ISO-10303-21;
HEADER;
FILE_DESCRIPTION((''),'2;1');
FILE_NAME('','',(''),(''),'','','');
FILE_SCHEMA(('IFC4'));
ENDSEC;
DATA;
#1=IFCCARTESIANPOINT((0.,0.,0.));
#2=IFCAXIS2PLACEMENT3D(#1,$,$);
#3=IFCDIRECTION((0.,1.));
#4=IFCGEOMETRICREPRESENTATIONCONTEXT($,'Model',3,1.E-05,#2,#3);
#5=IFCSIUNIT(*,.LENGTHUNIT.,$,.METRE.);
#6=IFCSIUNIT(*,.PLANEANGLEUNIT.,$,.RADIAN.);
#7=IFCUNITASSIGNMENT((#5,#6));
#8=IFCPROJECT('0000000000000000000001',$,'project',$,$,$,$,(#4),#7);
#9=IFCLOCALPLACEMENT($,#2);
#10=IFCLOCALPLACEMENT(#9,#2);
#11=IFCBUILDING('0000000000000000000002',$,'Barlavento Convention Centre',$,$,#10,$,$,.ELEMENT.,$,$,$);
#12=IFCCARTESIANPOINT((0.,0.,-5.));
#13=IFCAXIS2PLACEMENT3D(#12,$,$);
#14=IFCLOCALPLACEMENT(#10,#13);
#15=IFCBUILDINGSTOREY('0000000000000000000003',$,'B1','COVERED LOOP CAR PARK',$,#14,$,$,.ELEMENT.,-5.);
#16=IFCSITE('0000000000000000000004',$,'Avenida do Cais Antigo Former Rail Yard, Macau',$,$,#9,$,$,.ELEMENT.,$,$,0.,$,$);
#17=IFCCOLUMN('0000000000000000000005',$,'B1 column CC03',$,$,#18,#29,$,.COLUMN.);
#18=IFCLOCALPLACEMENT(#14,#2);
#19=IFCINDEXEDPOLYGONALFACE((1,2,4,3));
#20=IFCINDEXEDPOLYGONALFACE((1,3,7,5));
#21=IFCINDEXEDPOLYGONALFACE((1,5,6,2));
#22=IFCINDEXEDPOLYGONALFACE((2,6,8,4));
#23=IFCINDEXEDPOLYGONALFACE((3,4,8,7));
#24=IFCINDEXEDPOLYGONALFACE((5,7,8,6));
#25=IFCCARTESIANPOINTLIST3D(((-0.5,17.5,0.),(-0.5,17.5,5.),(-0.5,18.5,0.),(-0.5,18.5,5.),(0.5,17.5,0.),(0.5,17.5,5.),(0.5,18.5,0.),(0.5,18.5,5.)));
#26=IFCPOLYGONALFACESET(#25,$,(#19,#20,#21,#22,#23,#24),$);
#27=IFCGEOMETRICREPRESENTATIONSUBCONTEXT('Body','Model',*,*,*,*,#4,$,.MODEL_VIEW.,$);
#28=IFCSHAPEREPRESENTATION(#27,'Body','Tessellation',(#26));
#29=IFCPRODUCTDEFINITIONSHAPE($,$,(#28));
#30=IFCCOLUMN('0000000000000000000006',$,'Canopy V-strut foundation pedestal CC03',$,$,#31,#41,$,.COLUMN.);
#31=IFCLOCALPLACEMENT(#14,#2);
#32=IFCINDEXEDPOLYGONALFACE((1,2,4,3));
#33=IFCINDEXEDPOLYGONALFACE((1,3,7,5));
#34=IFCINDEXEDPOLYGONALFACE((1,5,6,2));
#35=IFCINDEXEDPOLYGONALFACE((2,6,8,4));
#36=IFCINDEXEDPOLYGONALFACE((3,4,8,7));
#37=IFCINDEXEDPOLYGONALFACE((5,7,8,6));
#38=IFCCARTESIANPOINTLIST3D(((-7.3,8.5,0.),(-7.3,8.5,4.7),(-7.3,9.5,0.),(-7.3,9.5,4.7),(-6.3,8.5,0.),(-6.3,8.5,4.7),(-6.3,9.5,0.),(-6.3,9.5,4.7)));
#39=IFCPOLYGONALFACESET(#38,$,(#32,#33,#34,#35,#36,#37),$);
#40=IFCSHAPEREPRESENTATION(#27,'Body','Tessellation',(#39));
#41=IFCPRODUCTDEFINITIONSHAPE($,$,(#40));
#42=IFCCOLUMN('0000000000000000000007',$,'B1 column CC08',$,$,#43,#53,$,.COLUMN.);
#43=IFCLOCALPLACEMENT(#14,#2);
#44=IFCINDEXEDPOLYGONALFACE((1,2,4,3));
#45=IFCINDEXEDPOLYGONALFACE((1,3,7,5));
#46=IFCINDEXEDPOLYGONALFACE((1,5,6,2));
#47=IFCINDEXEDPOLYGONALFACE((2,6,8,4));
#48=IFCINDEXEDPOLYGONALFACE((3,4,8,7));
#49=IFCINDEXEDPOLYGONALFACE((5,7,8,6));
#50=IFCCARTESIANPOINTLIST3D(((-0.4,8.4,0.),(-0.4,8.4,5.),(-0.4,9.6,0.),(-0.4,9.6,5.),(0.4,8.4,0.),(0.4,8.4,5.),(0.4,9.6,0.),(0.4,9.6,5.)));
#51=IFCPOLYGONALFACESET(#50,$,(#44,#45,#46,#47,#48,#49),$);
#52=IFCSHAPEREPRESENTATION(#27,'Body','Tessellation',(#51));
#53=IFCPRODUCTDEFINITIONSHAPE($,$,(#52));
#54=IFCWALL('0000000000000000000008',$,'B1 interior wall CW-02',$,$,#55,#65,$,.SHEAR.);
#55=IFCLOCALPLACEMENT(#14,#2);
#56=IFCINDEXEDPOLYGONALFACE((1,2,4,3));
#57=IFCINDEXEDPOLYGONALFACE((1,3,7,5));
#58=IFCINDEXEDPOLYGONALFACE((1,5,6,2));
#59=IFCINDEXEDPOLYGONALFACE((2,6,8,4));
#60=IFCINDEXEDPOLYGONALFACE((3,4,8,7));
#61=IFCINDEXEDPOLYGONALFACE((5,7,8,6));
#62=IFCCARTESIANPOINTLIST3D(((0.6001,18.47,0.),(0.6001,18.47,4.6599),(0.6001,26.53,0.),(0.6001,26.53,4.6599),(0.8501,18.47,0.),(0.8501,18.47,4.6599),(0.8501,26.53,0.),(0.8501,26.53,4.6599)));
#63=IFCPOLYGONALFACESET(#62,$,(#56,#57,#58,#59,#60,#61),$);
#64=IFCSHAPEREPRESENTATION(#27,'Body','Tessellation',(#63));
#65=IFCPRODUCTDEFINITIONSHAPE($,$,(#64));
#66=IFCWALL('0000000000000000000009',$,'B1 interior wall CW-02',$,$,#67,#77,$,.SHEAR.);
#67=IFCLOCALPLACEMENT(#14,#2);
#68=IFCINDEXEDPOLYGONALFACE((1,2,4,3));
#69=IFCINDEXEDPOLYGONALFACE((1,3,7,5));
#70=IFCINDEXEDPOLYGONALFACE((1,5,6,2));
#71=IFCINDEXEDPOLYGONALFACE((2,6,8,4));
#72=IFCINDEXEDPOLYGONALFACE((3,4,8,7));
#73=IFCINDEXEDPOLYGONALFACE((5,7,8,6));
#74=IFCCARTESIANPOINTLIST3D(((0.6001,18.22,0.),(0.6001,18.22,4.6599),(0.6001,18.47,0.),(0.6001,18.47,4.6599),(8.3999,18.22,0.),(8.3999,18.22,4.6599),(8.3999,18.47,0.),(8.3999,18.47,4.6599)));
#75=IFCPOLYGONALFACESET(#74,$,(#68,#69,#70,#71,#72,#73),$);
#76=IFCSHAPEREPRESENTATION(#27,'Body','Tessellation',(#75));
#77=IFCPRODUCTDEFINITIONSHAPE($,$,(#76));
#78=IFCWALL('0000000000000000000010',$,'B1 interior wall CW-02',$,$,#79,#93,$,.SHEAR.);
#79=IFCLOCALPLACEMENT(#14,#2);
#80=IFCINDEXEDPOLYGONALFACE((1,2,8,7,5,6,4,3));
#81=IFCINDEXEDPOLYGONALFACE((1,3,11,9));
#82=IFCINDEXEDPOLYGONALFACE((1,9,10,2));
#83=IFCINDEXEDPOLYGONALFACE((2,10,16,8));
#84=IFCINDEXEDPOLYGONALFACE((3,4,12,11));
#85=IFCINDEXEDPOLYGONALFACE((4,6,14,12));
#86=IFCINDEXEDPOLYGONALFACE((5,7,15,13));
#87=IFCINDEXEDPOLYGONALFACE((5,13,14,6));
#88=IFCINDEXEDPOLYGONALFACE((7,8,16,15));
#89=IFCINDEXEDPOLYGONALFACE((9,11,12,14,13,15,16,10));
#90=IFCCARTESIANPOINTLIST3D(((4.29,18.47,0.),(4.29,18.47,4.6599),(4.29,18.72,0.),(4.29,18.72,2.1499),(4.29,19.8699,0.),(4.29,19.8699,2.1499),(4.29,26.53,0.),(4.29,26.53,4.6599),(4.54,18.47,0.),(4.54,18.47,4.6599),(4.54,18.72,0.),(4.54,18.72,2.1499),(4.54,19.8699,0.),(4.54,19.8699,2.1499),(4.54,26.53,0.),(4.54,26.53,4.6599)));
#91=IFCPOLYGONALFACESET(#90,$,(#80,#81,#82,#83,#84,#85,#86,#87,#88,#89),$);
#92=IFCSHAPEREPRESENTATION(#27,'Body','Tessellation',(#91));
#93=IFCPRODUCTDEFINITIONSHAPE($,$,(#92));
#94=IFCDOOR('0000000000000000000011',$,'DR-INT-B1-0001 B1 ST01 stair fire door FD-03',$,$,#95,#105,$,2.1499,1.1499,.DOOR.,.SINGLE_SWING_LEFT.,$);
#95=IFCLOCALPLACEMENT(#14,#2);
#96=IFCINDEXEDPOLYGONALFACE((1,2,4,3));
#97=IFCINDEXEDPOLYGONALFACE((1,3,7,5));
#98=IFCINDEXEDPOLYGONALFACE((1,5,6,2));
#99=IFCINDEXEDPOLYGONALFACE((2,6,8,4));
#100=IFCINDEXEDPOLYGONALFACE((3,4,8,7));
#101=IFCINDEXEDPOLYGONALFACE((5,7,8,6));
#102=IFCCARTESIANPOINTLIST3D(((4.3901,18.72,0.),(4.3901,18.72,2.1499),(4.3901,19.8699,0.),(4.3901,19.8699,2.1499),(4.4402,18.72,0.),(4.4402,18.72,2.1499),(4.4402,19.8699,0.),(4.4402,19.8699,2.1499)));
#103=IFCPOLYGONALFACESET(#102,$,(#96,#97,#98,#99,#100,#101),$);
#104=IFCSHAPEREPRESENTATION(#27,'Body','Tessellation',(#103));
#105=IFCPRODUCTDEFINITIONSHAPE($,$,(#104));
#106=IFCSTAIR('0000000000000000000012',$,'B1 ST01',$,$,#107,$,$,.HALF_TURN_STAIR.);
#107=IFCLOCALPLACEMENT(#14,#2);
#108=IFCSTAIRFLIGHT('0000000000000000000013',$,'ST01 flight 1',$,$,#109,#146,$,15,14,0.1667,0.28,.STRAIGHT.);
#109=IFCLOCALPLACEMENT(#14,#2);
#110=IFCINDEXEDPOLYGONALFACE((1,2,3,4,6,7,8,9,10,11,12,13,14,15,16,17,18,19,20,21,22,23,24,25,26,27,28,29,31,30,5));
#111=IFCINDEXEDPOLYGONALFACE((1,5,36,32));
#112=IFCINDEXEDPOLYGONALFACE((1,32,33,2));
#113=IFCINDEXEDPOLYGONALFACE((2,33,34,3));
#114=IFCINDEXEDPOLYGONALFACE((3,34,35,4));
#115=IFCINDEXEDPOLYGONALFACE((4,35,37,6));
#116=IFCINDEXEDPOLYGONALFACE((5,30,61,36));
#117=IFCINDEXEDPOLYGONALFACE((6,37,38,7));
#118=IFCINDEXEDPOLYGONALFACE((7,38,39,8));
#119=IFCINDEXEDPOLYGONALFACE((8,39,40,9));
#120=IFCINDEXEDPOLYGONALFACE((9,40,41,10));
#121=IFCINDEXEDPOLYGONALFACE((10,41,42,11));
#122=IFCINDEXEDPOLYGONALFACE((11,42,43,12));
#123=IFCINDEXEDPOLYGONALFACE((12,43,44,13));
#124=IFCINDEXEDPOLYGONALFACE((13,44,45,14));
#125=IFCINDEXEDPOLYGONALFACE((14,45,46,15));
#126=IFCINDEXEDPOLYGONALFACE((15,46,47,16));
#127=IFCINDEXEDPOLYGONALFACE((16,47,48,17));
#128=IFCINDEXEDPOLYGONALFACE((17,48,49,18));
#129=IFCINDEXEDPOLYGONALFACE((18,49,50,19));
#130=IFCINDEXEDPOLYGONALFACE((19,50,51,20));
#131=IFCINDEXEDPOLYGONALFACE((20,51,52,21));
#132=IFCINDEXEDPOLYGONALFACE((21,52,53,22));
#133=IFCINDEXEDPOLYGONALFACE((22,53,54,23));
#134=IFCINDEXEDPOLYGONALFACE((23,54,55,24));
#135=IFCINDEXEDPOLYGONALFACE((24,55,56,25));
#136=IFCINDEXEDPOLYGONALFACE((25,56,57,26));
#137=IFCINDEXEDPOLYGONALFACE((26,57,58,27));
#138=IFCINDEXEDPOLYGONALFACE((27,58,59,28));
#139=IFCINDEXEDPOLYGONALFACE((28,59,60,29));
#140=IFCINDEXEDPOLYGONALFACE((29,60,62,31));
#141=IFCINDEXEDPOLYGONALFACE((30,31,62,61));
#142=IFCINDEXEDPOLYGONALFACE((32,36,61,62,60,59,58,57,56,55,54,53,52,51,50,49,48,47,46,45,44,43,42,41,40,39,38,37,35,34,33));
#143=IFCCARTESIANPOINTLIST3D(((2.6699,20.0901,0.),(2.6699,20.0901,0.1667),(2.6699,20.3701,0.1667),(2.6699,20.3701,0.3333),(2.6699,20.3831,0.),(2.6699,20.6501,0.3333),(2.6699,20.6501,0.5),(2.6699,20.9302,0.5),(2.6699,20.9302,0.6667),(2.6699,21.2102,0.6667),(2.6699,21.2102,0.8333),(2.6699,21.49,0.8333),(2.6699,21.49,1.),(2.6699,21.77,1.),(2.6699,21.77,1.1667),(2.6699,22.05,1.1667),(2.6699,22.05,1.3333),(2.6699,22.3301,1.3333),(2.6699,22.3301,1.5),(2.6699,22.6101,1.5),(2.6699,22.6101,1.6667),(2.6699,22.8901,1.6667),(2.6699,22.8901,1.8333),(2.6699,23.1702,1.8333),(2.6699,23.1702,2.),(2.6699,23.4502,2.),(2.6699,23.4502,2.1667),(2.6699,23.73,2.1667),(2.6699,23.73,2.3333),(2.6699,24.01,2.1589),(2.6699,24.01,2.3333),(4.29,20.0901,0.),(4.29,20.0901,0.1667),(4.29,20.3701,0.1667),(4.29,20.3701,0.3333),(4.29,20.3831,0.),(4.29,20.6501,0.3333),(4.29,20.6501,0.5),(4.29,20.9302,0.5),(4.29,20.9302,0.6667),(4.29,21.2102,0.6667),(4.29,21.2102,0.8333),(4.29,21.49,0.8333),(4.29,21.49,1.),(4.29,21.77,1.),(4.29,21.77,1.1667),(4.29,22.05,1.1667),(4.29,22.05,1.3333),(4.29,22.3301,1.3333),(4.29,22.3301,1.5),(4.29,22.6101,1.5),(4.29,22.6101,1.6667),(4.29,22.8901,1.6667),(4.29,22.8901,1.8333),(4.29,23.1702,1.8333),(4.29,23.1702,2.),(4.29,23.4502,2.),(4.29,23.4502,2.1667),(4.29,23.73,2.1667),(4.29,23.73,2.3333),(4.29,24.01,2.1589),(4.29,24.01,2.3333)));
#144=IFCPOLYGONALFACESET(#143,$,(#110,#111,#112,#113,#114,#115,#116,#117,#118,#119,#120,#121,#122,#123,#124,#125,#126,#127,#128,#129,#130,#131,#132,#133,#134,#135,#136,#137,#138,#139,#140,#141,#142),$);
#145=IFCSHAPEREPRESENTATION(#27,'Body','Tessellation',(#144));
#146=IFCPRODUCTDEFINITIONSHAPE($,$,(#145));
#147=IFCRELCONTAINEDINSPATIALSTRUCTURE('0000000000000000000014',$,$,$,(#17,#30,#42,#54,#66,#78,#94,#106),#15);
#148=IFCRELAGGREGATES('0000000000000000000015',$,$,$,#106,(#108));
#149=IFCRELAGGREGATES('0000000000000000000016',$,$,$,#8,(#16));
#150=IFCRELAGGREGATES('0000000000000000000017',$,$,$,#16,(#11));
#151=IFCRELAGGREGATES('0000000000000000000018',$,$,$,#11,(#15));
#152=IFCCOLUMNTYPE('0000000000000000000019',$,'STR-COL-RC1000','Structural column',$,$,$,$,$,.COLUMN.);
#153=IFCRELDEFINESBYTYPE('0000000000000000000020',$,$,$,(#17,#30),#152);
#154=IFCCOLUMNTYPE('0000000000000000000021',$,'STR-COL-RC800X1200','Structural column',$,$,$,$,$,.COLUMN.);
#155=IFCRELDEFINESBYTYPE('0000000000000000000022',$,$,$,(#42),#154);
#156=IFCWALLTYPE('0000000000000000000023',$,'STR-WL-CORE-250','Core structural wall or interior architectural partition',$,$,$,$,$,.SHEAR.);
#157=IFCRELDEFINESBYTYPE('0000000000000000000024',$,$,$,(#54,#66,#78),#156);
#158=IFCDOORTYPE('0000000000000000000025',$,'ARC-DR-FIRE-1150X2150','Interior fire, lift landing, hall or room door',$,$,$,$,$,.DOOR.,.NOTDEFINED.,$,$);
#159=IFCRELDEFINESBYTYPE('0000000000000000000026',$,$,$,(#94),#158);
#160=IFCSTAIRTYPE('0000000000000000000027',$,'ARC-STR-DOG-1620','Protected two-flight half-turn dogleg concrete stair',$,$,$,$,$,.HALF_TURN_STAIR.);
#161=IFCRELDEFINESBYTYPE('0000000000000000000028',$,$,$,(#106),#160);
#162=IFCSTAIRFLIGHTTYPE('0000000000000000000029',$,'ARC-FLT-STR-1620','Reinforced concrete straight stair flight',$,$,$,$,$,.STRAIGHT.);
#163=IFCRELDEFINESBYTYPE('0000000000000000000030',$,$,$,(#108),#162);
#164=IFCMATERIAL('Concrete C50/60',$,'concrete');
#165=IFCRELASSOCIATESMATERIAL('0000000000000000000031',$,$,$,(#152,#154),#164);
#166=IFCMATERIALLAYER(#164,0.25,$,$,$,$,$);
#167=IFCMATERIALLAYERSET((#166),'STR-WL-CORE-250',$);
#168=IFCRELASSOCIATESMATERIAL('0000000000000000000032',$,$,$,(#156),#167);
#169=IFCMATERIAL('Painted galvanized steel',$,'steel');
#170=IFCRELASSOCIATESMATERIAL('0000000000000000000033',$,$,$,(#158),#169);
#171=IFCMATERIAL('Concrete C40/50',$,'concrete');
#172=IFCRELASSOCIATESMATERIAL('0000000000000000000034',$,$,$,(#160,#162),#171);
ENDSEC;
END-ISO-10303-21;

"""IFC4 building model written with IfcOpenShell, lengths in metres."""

from ifc_helpers import new_model, si_unit, direction, frame, frame_2d, origin, origin_2d, place, context, subcontext, project, spatial, polyline, rectangle, outline, extrude, material, layer, layer_set, material_profile, profile_set, type_object, element, fill, aggregate, save


model = new_model("IFC4")

# Units and contexts
model_context = context("Model", 3, precision=1e-05, world=origin(), true_north=direction((0.0, 1.0)))
body_context = subcontext(model_context, "Body", "Model", "MODEL_VIEW")
ifc_project = project(units=[si_unit("LENGTHUNIT", "METRE"), si_unit("PLANEANGLEUNIT", "RADIAN")], contexts=[model_context])

# Site, building, storey
site_placement = place(None, origin())
site = spatial("IfcSite", under=ifc_project, at=site_placement, Name="Avenida do Cais Antigo Former Rail Yard, Macau", CompositionType="ELEMENT", RefElevation=0.0)
building_placement = place(site_placement, origin())
building = spatial("IfcBuilding", under=site, at=building_placement, Name="Barlavento Convention Centre", CompositionType="ELEMENT")
storey_placement = place(building_placement, frame((0.0, 0.0, -5.0)))
storey = spatial("IfcBuildingStorey", under=building, at=storey_placement, Name="B1", Description="COVERED LOOP CAR PARK", CompositionType="ELEMENT", Elevation=-5.0)

# Shared definitions
ifc_material_1 = material(Name="Concrete C40/50", Category="concrete")

# Columns
ifc_material_2 = material(Name="Concrete C50/60", Category="concrete")
ifc_material_profile_1 = material_profile(ifc_material_2, rectangle(XDim=1.0, YDim=1.0, at=origin_2d()), Name="RC 1000x1000")
ifc_profile_set_1 = profile_set([ifc_material_profile_1], Name="Concrete C50/60")
column_type_1 = type_object("IfcColumnType", Name="STR-COL-RC1000", Description="Structural column", PredefinedType="COLUMN", material=ifc_profile_set_1)
column_1_placement = place(storey_placement, frame((0.0, 18.0, 0.0), z_axis=(0.0, 0.0, 1.0), x_axis=(1.0, 0.0, 0.0)))
element("IfcColumn", 1, at=column_1_placement, inside=storey, type_object=column_type_1, Name="B1 column CC03", PredefinedType="COLUMN", context=body_context, shape_type="SweptSolid", body=[
    extrude(rectangle(XDim=1.0, YDim=1.0, at=origin_2d()), origin(), (0.0, 0.0, 1.0), 5.0),
])
column_2_placement = place(storey_placement, frame((-6.8, 9.0, 0.0), z_axis=(0.0, 0.0, 1.0), x_axis=(1.0, 0.0, 0.0)))
element("IfcColumn", 2, at=column_2_placement, inside=storey, type_object=column_type_1, Name="Canopy V-strut foundation pedestal CC03", PredefinedType="COLUMN", context=body_context, shape_type="SweptSolid", body=[
    extrude(rectangle(XDim=1.0, YDim=1.0, at=origin_2d()), origin(), (0.0, 0.0, 1.0), 4.7),
])
ifc_material_profile_2 = material_profile(ifc_material_2, rectangle(XDim=0.8, YDim=1.2, at=origin_2d()), Name="RC 800x1200")
ifc_profile_set_2 = profile_set([ifc_material_profile_2], Name="Concrete C50/60")
column_type_2 = type_object("IfcColumnType", Name="STR-COL-RC800X1200", Description="Structural column", PredefinedType="COLUMN", material=ifc_profile_set_2)
column_3_placement = place(storey_placement, frame((0.0, 9.0, 0.0), z_axis=(0.0, 0.0, 1.0), x_axis=(1.0, 0.0, 0.0)))
element("IfcColumn", 3, at=column_3_placement, inside=storey, type_object=column_type_2, Name="B1 column CC08", PredefinedType="COLUMN", context=body_context, shape_type="SweptSolid", body=[
    extrude(rectangle(XDim=0.8, YDim=1.2, at=origin_2d()), origin(), (0.0, 0.0, 1.0), 5.0),
])

# Walls
ifc_layer = layer(ifc_material_2, 0.25)
ifc_layer_set = layer_set([ifc_layer], Name="STR-WL-CORE-250")
wall_type = type_object("IfcWallType", Name="STR-WL-CORE-250", Description="Core structural wall or interior architectural partition", PredefinedType="SHEAR", material=ifc_layer_set)
wall_1_placement = place(storey_placement, frame((0.7251, 18.47, 0.0), z_axis=(0.0, 0.0, 1.0), x_axis=(0.0, 1.0, 0.0)))
element("IfcWall", 4, at=wall_1_placement, inside=storey, type_object=wall_type, Name="B1 interior wall CW-02", PredefinedType="SHEAR", context=body_context, shape_type="SweptSolid", body=[
    extrude(rectangle(XDim=8.0601, YDim=0.25, at=frame_2d((4.03, 0.0))), origin(), (0.0, 0.0, 1.0), 4.6599),
])
wall_2_placement = place(storey_placement, frame((0.6001, 18.345, 0.0), z_axis=(0.0, 0.0, 1.0), x_axis=(1.0, 0.0, 0.0)))
element("IfcWall", 5, at=wall_2_placement, inside=storey, type_object=wall_type, Name="B1 interior wall CW-02", PredefinedType="SHEAR", context=body_context, shape_type="SweptSolid", body=[
    extrude(rectangle(XDim=7.7998, YDim=0.25, at=frame_2d((3.8999, 0.0))), origin(), (0.0, 0.0, 1.0), 4.6599),
])

# Wall, opening, door
wall_3_placement = place(storey_placement, frame((4.415, 18.47, 0.0), z_axis=(0.0, 0.0, 1.0), x_axis=(0.0, 1.0, 0.0)))
wall_3 = element("IfcWall", 6, at=wall_3_placement, inside=storey, type_object=wall_type, Name="B1 interior wall CW-02", PredefinedType="SHEAR", context=body_context, shape_type="SweptSolid", body=[
    extrude(rectangle(XDim=8.0601, YDim=0.25, at=frame_2d((4.03, 0.0))), origin(), (0.0, 0.0, 1.0), 4.6599),
])
opening_1_placement = place(wall_3_placement, frame((0.25, 0.0, 0.0)))
opening_1 = element("IfcOpeningElement", 7, at=opening_1_placement, cuts=wall_3, PredefinedType="OPENING", context=body_context, shape_type="SweptSolid", body=[
    extrude(rectangle(XDim=1.1499, YDim=2.1499, at=frame_2d((0.575, 1.075))), frame((0.0, 0.135, 0.0), z_axis=(0.0, -1.0, 0.0), x_axis=(1.0, 0.0, 0.0)), (0.0, 0.0, 1.0), 0.27),
])
ifc_material_3 = material(Name="Painted galvanized steel", Category="steel")
door_type_1 = type_object("IfcDoorType", Name="ARC-DR-FIRE-1150X2150", Description="Interior fire, lift landing, hall or room door", OperationType="NOTDEFINED", PredefinedType="DOOR", material=ifc_material_3)
door_1_placement = place(opening_1_placement, origin())
door_1 = element("IfcDoor", 8, at=door_1_placement, inside=storey, type_object=door_type_1, Name="DR-INT-B1-0001 B1 ST01 stair fire door FD-03", OperationType="SINGLE_SWING_LEFT", OverallHeight=2.1499, OverallWidth=1.1499, PredefinedType="DOOR", context=body_context, shape_type="SweptSolid", body=[
    extrude(rectangle(XDim=1.1499, YDim=2.1499, at=frame_2d((0.575, 1.075))), frame((0.0, 0.0249, 0.0), z_axis=(0.0, -1.0, 0.0), x_axis=(1.0, 0.0, 0.0)), (0.0, 0.0, 1.0), 0.05),
])
fill(opening_1, door_1)

# Stair, stair flight
stair_type = type_object("IfcStairType", Name="ARC-STR-DOG-1620", Description="Protected two-flight half-turn dogleg concrete stair", PredefinedType="HALF_TURN_STAIR", material=ifc_material_1)
stair_placement = place(storey_placement, origin())
stair = element("IfcStair", 9, at=stair_placement, inside=storey, type_object=stair_type, Name="B1 ST01", PredefinedType="HALF_TURN_STAIR")
stair_flight_type = type_object("IfcStairFlightType", Name="ARC-FLT-STR-1620", Description="Reinforced concrete straight stair flight", PredefinedType="STRAIGHT", material=ifc_material_1)
stair_flight_1_placement = place(storey_placement, frame((3.48, 20.0901, 0.0), z_axis=(0.0, 0.0, 1.0), x_axis=(0.0, 1.0, 0.0)))
stair_flight_1 = element("IfcStairFlight", 10, at=stair_flight_1_placement, type_object=stair_flight_type, Name="ST01 flight 1", NumberOfRisers=15, NumberOfTreads=14, PredefinedType="STRAIGHT", RiserHeight=0.1667, TreadLength=0.28, context=body_context, shape_type="SweptSolid", body=[
    extrude(outline(polyline([(0.0, 0.0), (0.0, 0.1667), (0.28, 0.1667), (0.28, 0.3333), (0.5601, 0.3333), (0.5601, 0.5), (0.8401, 0.5), (0.8401, 0.6667), (1.1201, 0.6667), (1.1201, 0.8333), (1.3999, 0.8333), (1.3999, 1.0), (1.6799, 1.0), (1.6799, 1.1667), (1.96, 1.1667), (1.96, 1.3333), (2.24, 1.3333), (2.24, 1.5), (2.52, 1.5), (2.52, 1.6667), (2.8, 1.6667), (2.8, 1.8333), (3.0801, 1.8333), (3.0801, 2.0), (3.3601, 2.0), (3.3601, 2.1667), (3.6399, 2.1667), (3.6399, 2.3333), (3.9199, 2.3333), (3.9199, 2.5), (3.9199, 2.1589), (0.293, 0.0), (0.0, 0.0)])), frame((0.0, 0.8101, 0.0), z_axis=(0.0, -1.0, 0.0), x_axis=(1.0, 0.0, 0.0)), (0.0, 0.0, 1.0), 1.6201),
])
aggregate(stair, [stair_flight_1])

save(model, "model.ifc")
